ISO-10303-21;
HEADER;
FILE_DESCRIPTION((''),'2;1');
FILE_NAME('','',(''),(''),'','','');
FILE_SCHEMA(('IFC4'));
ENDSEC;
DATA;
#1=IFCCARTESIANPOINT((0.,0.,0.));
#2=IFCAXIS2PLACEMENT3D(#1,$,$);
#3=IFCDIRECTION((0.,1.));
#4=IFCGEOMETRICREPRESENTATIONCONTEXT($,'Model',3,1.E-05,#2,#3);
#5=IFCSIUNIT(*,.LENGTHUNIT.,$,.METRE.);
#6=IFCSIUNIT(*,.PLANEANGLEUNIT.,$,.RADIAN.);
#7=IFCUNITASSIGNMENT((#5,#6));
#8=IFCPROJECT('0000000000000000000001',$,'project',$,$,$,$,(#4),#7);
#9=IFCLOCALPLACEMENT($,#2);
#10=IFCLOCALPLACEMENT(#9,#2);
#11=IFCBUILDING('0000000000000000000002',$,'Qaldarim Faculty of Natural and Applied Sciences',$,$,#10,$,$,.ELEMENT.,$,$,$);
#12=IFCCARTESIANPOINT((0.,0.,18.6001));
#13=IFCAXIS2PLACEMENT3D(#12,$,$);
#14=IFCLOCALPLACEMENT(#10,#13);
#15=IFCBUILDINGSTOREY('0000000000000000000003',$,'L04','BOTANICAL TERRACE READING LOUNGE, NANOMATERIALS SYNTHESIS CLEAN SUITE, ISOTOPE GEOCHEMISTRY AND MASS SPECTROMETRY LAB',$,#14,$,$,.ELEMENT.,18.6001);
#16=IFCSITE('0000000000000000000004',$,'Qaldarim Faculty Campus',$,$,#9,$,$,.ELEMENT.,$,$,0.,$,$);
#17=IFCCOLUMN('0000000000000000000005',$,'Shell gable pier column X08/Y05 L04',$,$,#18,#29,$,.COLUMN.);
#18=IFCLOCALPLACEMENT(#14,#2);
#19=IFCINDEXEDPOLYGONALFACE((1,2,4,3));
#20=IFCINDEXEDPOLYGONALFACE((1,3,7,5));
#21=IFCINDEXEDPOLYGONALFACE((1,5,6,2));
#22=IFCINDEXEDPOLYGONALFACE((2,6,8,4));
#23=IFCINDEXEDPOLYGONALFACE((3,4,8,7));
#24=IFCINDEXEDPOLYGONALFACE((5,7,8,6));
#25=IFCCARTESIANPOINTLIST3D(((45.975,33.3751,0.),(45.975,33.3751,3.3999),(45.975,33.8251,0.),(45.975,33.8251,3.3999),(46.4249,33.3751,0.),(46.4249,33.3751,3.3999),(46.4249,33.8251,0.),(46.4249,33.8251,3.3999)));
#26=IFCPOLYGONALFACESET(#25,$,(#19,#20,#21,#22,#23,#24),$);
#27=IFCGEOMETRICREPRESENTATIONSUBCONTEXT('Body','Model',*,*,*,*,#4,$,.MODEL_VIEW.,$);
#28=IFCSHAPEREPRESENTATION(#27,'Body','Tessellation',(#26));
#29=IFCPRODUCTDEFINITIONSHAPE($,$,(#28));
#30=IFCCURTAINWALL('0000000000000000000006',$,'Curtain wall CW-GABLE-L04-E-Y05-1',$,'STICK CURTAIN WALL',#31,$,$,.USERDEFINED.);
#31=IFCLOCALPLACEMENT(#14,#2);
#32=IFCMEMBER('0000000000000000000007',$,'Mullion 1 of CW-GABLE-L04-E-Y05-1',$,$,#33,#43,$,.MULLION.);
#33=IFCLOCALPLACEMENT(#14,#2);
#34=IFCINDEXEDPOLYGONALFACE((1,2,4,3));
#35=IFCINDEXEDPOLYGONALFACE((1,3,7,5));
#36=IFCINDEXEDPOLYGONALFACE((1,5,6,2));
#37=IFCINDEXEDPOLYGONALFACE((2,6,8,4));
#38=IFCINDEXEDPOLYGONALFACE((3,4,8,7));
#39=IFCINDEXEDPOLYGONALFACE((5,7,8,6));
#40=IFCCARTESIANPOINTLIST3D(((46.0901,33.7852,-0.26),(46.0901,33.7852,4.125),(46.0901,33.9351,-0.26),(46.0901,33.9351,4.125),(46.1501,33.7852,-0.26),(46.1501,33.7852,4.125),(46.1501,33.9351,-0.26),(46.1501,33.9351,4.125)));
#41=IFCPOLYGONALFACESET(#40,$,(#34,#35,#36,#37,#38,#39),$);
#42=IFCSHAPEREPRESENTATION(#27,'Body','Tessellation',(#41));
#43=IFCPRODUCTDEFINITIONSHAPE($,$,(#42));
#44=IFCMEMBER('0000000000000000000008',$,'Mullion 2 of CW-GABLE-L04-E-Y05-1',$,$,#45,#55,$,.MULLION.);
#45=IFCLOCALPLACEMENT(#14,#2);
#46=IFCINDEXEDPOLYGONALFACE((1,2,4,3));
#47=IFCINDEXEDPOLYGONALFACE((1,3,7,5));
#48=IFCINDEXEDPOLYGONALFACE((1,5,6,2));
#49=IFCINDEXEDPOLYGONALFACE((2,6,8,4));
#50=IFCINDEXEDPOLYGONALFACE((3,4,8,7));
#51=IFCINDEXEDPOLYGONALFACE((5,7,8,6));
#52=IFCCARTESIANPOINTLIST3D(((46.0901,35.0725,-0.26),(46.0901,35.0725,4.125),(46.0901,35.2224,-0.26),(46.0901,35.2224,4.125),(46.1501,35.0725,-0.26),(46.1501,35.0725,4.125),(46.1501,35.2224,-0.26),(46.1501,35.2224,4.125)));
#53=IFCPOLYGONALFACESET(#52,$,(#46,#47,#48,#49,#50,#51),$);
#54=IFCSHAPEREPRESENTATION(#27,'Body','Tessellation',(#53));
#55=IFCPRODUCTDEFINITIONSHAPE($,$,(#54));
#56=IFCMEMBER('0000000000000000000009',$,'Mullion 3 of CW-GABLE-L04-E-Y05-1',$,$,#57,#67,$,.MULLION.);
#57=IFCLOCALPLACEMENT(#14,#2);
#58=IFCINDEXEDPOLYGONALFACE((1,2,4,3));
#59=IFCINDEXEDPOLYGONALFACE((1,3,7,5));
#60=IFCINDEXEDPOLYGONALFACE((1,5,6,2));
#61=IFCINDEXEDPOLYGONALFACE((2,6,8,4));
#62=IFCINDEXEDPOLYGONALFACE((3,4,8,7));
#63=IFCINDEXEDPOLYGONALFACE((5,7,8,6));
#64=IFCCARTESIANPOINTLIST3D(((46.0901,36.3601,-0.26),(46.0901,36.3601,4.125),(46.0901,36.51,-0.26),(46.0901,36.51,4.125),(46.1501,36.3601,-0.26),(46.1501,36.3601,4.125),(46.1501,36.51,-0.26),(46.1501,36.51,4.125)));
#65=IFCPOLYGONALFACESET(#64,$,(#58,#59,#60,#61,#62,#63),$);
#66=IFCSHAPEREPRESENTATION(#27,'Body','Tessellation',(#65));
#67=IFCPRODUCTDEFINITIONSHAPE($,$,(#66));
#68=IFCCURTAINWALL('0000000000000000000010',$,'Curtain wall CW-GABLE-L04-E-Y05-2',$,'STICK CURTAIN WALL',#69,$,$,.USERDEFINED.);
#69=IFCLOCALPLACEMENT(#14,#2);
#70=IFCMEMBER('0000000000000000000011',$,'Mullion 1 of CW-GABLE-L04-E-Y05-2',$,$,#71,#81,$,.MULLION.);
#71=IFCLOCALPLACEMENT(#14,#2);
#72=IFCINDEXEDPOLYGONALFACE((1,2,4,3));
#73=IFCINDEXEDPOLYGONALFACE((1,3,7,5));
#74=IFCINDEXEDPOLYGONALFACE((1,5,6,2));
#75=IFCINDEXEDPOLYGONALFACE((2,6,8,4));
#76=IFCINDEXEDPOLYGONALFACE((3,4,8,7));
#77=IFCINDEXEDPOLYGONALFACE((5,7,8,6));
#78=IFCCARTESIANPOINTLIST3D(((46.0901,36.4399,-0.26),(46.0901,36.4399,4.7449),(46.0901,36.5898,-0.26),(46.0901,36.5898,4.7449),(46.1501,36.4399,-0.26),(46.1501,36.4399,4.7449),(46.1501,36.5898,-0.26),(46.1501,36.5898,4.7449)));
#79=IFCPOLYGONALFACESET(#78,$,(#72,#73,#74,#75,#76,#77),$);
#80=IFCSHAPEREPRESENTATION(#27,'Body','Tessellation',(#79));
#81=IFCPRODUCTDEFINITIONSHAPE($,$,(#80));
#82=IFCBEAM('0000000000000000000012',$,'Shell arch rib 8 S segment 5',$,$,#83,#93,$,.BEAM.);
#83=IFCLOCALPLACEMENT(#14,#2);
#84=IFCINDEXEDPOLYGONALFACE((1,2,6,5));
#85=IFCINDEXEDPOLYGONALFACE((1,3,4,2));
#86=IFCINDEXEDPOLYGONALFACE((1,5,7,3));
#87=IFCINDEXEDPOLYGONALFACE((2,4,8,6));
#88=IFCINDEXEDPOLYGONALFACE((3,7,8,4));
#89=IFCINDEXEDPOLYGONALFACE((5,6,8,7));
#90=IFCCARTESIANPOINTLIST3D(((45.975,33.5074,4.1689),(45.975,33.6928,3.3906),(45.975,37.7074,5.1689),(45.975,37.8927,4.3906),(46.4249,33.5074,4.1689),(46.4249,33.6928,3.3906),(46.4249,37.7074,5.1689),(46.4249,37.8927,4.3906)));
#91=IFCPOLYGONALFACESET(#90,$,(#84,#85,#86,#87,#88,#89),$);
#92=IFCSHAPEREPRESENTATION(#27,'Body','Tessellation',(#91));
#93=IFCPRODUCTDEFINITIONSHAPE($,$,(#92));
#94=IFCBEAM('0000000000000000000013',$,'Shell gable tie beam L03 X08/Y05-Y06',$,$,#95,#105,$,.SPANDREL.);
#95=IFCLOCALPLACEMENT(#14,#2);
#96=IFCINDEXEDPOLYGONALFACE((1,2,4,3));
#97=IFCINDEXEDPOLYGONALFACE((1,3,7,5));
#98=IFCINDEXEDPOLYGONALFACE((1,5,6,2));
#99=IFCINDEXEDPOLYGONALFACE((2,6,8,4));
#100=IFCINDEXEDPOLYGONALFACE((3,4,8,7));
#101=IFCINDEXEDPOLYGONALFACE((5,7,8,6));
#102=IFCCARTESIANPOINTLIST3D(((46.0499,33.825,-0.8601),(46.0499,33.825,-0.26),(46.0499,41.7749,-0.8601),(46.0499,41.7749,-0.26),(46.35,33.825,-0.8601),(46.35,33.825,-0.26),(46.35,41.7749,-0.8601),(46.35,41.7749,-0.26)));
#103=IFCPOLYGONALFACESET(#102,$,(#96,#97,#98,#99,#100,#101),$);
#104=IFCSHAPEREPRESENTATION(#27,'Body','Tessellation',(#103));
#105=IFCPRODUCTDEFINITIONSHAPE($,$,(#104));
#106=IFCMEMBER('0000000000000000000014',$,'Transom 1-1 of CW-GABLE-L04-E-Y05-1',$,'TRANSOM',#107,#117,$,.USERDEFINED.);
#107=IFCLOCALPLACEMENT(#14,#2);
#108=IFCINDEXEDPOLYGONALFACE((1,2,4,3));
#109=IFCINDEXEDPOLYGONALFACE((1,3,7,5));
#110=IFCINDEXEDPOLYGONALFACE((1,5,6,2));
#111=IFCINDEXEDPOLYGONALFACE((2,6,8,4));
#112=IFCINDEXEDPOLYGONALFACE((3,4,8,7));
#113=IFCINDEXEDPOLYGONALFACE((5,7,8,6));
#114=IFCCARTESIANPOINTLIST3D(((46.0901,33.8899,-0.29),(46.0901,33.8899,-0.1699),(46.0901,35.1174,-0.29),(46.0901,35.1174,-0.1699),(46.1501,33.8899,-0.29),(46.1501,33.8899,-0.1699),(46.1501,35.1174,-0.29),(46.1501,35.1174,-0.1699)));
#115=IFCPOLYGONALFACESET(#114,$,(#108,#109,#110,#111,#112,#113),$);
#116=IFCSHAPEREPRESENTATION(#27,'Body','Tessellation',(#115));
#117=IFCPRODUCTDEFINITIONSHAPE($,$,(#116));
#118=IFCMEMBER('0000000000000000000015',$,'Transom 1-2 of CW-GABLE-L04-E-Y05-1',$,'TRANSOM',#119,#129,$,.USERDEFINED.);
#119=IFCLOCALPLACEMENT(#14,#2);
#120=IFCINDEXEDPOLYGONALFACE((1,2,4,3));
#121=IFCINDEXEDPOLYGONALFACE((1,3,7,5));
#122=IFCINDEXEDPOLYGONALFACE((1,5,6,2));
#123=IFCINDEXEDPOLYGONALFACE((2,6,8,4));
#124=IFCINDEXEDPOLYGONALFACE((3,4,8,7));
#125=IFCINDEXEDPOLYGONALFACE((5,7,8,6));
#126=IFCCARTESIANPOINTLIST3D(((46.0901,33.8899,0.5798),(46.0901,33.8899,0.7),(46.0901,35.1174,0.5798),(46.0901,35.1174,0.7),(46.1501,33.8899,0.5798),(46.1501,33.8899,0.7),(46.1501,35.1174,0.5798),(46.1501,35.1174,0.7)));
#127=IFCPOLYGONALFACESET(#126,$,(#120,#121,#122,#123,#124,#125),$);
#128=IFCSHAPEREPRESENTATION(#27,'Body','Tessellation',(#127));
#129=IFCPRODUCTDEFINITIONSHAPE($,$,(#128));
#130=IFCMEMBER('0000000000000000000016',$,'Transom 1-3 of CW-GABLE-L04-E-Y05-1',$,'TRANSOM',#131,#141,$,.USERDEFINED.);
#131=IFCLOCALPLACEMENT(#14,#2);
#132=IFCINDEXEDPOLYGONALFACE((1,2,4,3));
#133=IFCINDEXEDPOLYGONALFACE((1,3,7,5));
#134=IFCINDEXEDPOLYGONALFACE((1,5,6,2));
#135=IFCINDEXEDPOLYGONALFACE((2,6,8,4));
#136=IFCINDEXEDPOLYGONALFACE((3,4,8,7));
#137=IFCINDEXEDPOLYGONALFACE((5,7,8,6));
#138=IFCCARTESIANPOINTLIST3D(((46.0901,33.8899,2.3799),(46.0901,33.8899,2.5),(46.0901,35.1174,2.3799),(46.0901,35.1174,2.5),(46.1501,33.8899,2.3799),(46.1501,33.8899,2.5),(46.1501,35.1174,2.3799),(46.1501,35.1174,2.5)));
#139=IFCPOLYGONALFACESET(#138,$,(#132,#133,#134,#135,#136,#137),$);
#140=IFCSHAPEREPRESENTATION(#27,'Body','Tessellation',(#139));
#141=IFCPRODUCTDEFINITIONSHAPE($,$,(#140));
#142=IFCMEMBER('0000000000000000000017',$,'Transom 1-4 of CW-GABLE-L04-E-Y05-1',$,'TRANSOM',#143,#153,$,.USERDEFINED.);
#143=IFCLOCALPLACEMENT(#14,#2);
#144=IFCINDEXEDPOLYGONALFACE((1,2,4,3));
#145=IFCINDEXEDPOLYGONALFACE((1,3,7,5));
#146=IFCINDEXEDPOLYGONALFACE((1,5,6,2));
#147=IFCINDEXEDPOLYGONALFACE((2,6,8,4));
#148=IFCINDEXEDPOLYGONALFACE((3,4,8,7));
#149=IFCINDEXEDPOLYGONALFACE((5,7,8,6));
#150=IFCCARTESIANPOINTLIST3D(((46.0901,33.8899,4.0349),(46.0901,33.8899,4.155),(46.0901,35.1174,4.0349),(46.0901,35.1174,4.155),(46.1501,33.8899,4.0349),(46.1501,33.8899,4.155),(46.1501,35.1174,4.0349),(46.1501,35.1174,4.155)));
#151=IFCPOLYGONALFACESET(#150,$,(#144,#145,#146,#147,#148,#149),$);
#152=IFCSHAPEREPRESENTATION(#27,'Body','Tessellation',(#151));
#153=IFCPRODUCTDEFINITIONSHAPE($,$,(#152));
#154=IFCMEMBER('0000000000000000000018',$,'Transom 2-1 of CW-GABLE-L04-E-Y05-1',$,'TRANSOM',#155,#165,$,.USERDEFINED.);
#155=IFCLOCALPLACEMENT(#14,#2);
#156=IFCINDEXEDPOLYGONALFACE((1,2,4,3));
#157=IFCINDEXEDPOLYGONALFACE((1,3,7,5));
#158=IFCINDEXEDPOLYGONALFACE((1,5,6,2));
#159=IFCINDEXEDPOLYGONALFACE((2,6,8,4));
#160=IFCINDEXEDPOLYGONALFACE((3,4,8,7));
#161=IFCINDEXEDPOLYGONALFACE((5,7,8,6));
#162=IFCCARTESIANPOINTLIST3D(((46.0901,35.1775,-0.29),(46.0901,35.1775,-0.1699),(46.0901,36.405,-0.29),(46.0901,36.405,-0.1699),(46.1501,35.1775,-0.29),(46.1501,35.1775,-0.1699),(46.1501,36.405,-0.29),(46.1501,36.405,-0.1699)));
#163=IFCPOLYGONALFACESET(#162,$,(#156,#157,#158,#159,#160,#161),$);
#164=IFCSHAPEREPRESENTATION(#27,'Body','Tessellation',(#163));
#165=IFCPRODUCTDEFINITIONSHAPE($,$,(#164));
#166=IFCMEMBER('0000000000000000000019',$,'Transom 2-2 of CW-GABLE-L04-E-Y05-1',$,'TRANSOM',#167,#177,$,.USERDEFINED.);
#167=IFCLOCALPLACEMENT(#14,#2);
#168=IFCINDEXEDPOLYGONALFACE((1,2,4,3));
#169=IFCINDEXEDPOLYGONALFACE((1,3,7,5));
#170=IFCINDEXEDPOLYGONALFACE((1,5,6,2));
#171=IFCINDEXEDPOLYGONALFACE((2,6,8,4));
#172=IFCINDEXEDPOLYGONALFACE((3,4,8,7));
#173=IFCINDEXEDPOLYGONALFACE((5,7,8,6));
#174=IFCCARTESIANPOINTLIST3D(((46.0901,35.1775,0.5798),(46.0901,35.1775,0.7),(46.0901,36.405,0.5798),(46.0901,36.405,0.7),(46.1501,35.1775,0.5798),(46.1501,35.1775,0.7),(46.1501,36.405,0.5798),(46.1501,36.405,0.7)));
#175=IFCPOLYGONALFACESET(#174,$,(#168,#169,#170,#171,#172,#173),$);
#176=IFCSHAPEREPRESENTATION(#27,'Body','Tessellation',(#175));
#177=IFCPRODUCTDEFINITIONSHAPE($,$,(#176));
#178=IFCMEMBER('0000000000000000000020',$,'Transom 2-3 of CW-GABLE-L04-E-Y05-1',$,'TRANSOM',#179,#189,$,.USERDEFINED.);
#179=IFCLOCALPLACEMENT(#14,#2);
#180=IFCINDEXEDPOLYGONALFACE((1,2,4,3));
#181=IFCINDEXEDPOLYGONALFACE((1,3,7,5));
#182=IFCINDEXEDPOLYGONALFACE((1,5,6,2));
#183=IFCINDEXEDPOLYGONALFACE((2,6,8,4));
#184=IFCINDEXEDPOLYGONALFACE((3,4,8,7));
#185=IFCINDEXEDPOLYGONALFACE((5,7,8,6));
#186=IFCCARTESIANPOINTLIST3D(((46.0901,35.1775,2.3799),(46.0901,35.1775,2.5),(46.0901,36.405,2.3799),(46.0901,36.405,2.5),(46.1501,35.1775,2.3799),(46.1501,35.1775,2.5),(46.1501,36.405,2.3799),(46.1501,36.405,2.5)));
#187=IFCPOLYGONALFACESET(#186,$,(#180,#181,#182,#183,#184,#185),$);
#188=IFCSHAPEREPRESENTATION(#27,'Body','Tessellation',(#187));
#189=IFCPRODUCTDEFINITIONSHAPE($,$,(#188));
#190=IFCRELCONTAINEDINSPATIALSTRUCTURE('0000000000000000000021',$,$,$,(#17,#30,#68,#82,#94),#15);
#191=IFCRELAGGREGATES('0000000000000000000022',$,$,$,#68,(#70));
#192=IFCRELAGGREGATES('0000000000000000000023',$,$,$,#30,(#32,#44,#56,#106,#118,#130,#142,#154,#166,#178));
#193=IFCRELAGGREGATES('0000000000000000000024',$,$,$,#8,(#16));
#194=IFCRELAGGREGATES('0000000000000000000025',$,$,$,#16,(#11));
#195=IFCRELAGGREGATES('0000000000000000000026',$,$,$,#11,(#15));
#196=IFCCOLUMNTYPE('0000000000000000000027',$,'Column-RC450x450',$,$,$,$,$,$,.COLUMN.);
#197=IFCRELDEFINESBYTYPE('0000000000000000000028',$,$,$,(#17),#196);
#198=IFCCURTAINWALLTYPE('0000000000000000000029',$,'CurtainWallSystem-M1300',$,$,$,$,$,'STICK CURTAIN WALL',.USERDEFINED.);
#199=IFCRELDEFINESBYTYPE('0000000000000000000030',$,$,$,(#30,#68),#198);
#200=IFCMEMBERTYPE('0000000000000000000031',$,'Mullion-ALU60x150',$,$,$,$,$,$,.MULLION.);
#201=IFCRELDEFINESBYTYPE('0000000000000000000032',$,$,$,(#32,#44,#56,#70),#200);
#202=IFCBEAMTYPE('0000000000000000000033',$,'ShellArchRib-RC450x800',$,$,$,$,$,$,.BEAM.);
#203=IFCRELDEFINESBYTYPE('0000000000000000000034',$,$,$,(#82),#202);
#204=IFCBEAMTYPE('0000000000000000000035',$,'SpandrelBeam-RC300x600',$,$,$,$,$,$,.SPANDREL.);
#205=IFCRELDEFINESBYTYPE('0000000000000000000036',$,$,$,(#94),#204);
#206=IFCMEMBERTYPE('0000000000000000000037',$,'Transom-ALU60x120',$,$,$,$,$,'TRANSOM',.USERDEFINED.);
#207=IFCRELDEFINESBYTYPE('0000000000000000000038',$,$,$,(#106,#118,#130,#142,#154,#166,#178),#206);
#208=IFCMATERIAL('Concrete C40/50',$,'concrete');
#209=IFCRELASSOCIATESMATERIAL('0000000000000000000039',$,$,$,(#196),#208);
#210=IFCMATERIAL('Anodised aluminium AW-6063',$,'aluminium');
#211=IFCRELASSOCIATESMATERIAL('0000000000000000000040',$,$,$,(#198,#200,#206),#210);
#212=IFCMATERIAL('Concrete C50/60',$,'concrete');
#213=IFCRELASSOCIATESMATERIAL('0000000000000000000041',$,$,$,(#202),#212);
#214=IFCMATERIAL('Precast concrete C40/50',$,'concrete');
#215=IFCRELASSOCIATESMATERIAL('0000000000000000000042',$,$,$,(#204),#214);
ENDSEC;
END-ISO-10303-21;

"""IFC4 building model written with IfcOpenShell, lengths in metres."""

from ifc_helpers import new_model, si_unit, direction, frame, origin, origin_2d, place, context, subcontext, project, spatial, rectangle, extrude, material, material_profile, profile_set, type_object, element, aggregate, save


model = new_model("IFC4")

# Units and contexts
model_context = context("Model", 3, precision=1e-05, world=origin(), true_north=direction((0.0, 1.0)))
body_context = subcontext(model_context, "Body", "Model", "MODEL_VIEW")
ifc_project = project(units=[si_unit("LENGTHUNIT", "METRE"), si_unit("PLANEANGLEUNIT", "RADIAN")], contexts=[model_context])

# Site, building, storey
site_placement = place(None, origin())
site = spatial("IfcSite", under=ifc_project, at=site_placement, Name="Qaldarim Faculty Campus", CompositionType="ELEMENT", RefElevation=0.0)
building_placement = place(site_placement, origin())
building = spatial("IfcBuilding", under=site, at=building_placement, Name="Qaldarim Faculty of Natural and Applied Sciences", CompositionType="ELEMENT")
storey_placement = place(building_placement, frame((0.0, 0.0, 18.6001)))
storey = spatial("IfcBuildingStorey", under=building, at=storey_placement, Name="L04", Description="BOTANICAL TERRACE READING LOUNGE, NANOMATERIALS SYNTHESIS CLEAN SUITE, ISOTOPE GEOCHEMISTRY AND MASS SPECTROMETRY LAB", CompositionType="ELEMENT", Elevation=18.6001)

# Column
ifc_material_1 = material(Name="Concrete C40/50", Category="concrete")
ifc_material_profile_1 = material_profile(ifc_material_1, rectangle(XDim=0.45, YDim=0.45, at=origin_2d()), Name="RC-C450x450")
ifc_profile_set_1 = profile_set([ifc_material_profile_1], Name="Concrete C40/50")
column_type = type_object("IfcColumnType", Name="Column-RC450x450", PredefinedType="COLUMN", material=ifc_profile_set_1)
column_placement = place(storey_placement, frame((46.2, 33.6001, 0.0), z_axis=(0.0, 0.0, 1.0), x_axis=(1.0, 0.0, 0.0)))
element("IfcColumn", 1, at=column_placement, inside=storey, type_object=column_type, Name="Shell gable pier column X08/Y05 L04", PredefinedType="COLUMN", context=body_context, shape_type="SweptSolid", body=[
    extrude(rectangle(XDim=0.45, YDim=0.45, at=origin_2d()), origin(), (0.0, 0.0, 1.0), 3.3999),
])

# Curtain wall, members
ifc_material_2 = material(Name="Anodised aluminium AW-6063", Category="aluminium")
curtain_wall_type = type_object("IfcCurtainWallType", Name="CurtainWallSystem-M1300", ElementType="STICK CURTAIN WALL", PredefinedType="USERDEFINED", material=ifc_material_2)
curtain_wall_1_placement = place(storey_placement, origin())
curtain_wall_1 = element("IfcCurtainWall", 2, at=curtain_wall_1_placement, inside=storey, type_object=curtain_wall_type, Name="Curtain wall CW-GABLE-L04-E-Y05-1", ObjectType="STICK CURTAIN WALL", PredefinedType="USERDEFINED")
ifc_material_profile_2 = material_profile(ifc_material_2, rectangle(XDim=0.0601, YDim=0.1499, at=origin_2d()), Name="ALU-M60x150")
ifc_profile_set_2 = profile_set([ifc_material_profile_2], Name="Anodised aluminium AW-6063")
member_type_1 = type_object("IfcMemberType", Name="Mullion-ALU60x150", PredefinedType="MULLION", material=ifc_profile_set_2)
member_1_placement = place(storey_placement, frame((46.1201, 33.8601, -0.26), z_axis=(0.0, 0.0, 1.0), x_axis=(-1.0, 0.0, 0.0)))
member_1 = element("IfcMember", 3, at=member_1_placement, type_object=member_type_1, Name="Mullion 1 of CW-GABLE-L04-E-Y05-1", PredefinedType="MULLION", context=body_context, shape_type="SweptSolid", body=[
    extrude(rectangle(XDim=0.0601, YDim=0.1499, at=origin_2d()), origin(), (0.0, 0.0, 1.0), 4.385),
])
member_2_placement = place(storey_placement, frame((46.1201, 35.1475, -0.26), z_axis=(0.0, 0.0, 1.0), x_axis=(-1.0, 0.0, 0.0)))
member_2 = element("IfcMember", 4, at=member_2_placement, type_object=member_type_1, Name="Mullion 2 of CW-GABLE-L04-E-Y05-1", PredefinedType="MULLION", context=body_context, shape_type="SweptSolid", body=[
    extrude(rectangle(XDim=0.0601, YDim=0.1499, at=origin_2d()), origin(), (0.0, 0.0, 1.0), 4.385),
])
member_3_placement = place(storey_placement, frame((46.1201, 36.4351, -0.26), z_axis=(0.0, 0.0, 1.0), x_axis=(-1.0, 0.0, 0.0)))
member_3 = element("IfcMember", 5, at=member_3_placement, type_object=member_type_1, Name="Mullion 3 of CW-GABLE-L04-E-Y05-1", PredefinedType="MULLION", context=body_context, shape_type="SweptSolid", body=[
    extrude(rectangle(XDim=0.0601, YDim=0.1499, at=origin_2d()), origin(), (0.0, 0.0, 1.0), 4.385),
])

# Curtain wall, member
curtain_wall_2_placement = place(storey_placement, origin())
curtain_wall_2 = element("IfcCurtainWall", 6, at=curtain_wall_2_placement, inside=storey, type_object=curtain_wall_type, Name="Curtain wall CW-GABLE-L04-E-Y05-2", ObjectType="STICK CURTAIN WALL", PredefinedType="USERDEFINED")
member_4_placement = place(storey_placement, frame((46.1201, 36.5149, -0.26), z_axis=(0.0, 0.0, 1.0), x_axis=(-1.0, 0.0, 0.0)))
member_4 = element("IfcMember", 7, at=member_4_placement, type_object=member_type_1, Name="Mullion 1 of CW-GABLE-L04-E-Y05-2", PredefinedType="MULLION", context=body_context, shape_type="SweptSolid", body=[
    extrude(rectangle(XDim=0.0601, YDim=0.1499, at=origin_2d()), origin(), (0.0, 0.0, 1.0), 5.0049),
])

# Beams
ifc_material_3 = material(Name="Concrete C50/60", Category="concrete")
ifc_material_profile_3 = material_profile(ifc_material_3, rectangle(XDim=0.45, YDim=0.8, at=origin_2d()), Name="RC-RIB450x800")
ifc_profile_set_3 = profile_set([ifc_material_profile_3], Name="Concrete C50/60")
beam_type_1 = type_object("IfcBeamType", Name="ShellArchRib-RC450x800", PredefinedType="BEAM", material=ifc_profile_set_3)
beam_1_placement = place(storey_placement, frame((46.2, 33.6001, 3.7798), z_axis=(0.0, 0.972806, 0.231623), x_axis=(-1.0, 0.0, 0.0)))
element("IfcBeam", 8, at=beam_1_placement, inside=storey, type_object=beam_type_1, Name="Shell arch rib 8 S segment 5", PredefinedType="BEAM", context=body_context, shape_type="SweptSolid", body=[
    extrude(rectangle(XDim=0.45, YDim=0.8, at=origin_2d()), origin(), (0.0, 0.0, 1.0), 4.3174),
])
ifc_material_4 = material(Name="Precast concrete C40/50", Category="concrete")
ifc_material_profile_4 = material_profile(ifc_material_4, rectangle(XDim=0.3, YDim=0.6001, at=origin_2d()), Name="RC-SP300x600")
ifc_profile_set_4 = profile_set([ifc_material_profile_4], Name="Precast concrete C40/50")
beam_type_2 = type_object("IfcBeamType", Name="SpandrelBeam-RC300x600", PredefinedType="SPANDREL", material=ifc_profile_set_4)
beam_2_placement = place(storey_placement, frame((46.2, 33.825, -0.5601), z_axis=(0.0, 1.0, 0.0), x_axis=(-1.0, 0.0, 0.0)))
element("IfcBeam", 9, at=beam_2_placement, inside=storey, type_object=beam_type_2, Name="Shell gable tie beam L03 X08/Y05-Y06", PredefinedType="SPANDREL", context=body_context, shape_type="SweptSolid", body=[
    extrude(rectangle(XDim=0.3, YDim=0.6001, at=origin_2d()), origin(), (0.0, 0.0, 1.0), 7.95),
])

# Members
ifc_material_profile_5 = material_profile(ifc_material_2, rectangle(XDim=0.0601, YDim=0.1201, at=origin_2d()), Name="ALU-T60x120")
ifc_profile_set_5 = profile_set([ifc_material_profile_5], Name="Anodised aluminium AW-6063")
member_type_2 = type_object("IfcMemberType", Name="Transom-ALU60x120", ElementType="TRANSOM", PredefinedType="USERDEFINED", material=ifc_profile_set_5)
member_5_placement = place(storey_placement, frame((46.1201, 33.8899, -0.23), z_axis=(0.0, 1.0, 0.0), x_axis=(-1.0, 0.0, 0.0)))
member_5 = element("IfcMember", 10, at=member_5_placement, type_object=member_type_2, Name="Transom 1-1 of CW-GABLE-L04-E-Y05-1", ObjectType="TRANSOM", PredefinedType="USERDEFINED", context=body_context, shape_type="SweptSolid", body=[
    extrude(rectangle(XDim=0.0601, YDim=0.1201, at=origin_2d()), origin(), (0.0, 0.0, 1.0), 1.2275),
])
member_6_placement = place(storey_placement, frame((46.1201, 33.8899, 0.6399), z_axis=(0.0, 1.0, 0.0), x_axis=(-1.0, 0.0, 0.0)))
member_6 = element("IfcMember", 11, at=member_6_placement, type_object=member_type_2, Name="Transom 1-2 of CW-GABLE-L04-E-Y05-1", ObjectType="TRANSOM", PredefinedType="USERDEFINED", context=body_context, shape_type="SweptSolid", body=[
    extrude(rectangle(XDim=0.0601, YDim=0.1201, at=origin_2d()), origin(), (0.0, 0.0, 1.0), 1.2275),
])
member_7_placement = place(storey_placement, frame((46.1201, 33.8899, 2.4399), z_axis=(0.0, 1.0, 0.0), x_axis=(-1.0, 0.0, 0.0)))
member_7 = element("IfcMember", 12, at=member_7_placement, type_object=member_type_2, Name="Transom 1-3 of CW-GABLE-L04-E-Y05-1", ObjectType="TRANSOM", PredefinedType="USERDEFINED", context=body_context, shape_type="SweptSolid", body=[
    extrude(rectangle(XDim=0.0601, YDim=0.1201, at=origin_2d()), origin(), (0.0, 0.0, 1.0), 1.2275),
])
member_8_placement = place(storey_placement, frame((46.1201, 33.8899, 4.095), z_axis=(0.0, 1.0, 0.0), x_axis=(-1.0, 0.0, 0.0)))
member_8 = element("IfcMember", 13, at=member_8_placement, type_object=member_type_2, Name="Transom 1-4 of CW-GABLE-L04-E-Y05-1", ObjectType="TRANSOM", PredefinedType="USERDEFINED", context=body_context, shape_type="SweptSolid", body=[
    extrude(rectangle(XDim=0.0601, YDim=0.1201, at=origin_2d()), origin(), (0.0, 0.0, 1.0), 1.2275),
])
member_9_placement = place(storey_placement, frame((46.1201, 35.1775, -0.23), z_axis=(0.0, 1.0, 0.0), x_axis=(-1.0, 0.0, 0.0)))
member_9 = element("IfcMember", 14, at=member_9_placement, type_object=member_type_2, Name="Transom 2-1 of CW-GABLE-L04-E-Y05-1", ObjectType="TRANSOM", PredefinedType="USERDEFINED", context=body_context, shape_type="SweptSolid", body=[
    extrude(rectangle(XDim=0.0601, YDim=0.1201, at=origin_2d()), origin(), (0.0, 0.0, 1.0), 1.2275),
])
member_10_placement = place(storey_placement, frame((46.1201, 35.1775, 0.6399), z_axis=(0.0, 1.0, 0.0), x_axis=(-1.0, 0.0, 0.0)))
member_10 = element("IfcMember", 15, at=member_10_placement, type_object=member_type_2, Name="Transom 2-2 of CW-GABLE-L04-E-Y05-1", ObjectType="TRANSOM", PredefinedType="USERDEFINED", context=body_context, shape_type="SweptSolid", body=[
    extrude(rectangle(XDim=0.0601, YDim=0.1201, at=origin_2d()), origin(), (0.0, 0.0, 1.0), 1.2275),
])
member_11_placement = place(storey_placement, frame((46.1201, 35.1775, 2.4399), z_axis=(0.0, 1.0, 0.0), x_axis=(-1.0, 0.0, 0.0)))
member_11 = element("IfcMember", 16, at=member_11_placement, type_object=member_type_2, Name="Transom 2-3 of CW-GABLE-L04-E-Y05-1", ObjectType="TRANSOM", PredefinedType="USERDEFINED", context=body_context, shape_type="SweptSolid", body=[
    extrude(rectangle(XDim=0.0601, YDim=0.1201, at=origin_2d()), origin(), (0.0, 0.0, 1.0), 1.2275),
])
aggregate(curtain_wall_2, [member_4])

aggregate(curtain_wall_1, [member_1, member_2, member_3, member_5, member_6, member_7, member_8, member_9, member_10, member_11])

save(model, "model.ifc")
